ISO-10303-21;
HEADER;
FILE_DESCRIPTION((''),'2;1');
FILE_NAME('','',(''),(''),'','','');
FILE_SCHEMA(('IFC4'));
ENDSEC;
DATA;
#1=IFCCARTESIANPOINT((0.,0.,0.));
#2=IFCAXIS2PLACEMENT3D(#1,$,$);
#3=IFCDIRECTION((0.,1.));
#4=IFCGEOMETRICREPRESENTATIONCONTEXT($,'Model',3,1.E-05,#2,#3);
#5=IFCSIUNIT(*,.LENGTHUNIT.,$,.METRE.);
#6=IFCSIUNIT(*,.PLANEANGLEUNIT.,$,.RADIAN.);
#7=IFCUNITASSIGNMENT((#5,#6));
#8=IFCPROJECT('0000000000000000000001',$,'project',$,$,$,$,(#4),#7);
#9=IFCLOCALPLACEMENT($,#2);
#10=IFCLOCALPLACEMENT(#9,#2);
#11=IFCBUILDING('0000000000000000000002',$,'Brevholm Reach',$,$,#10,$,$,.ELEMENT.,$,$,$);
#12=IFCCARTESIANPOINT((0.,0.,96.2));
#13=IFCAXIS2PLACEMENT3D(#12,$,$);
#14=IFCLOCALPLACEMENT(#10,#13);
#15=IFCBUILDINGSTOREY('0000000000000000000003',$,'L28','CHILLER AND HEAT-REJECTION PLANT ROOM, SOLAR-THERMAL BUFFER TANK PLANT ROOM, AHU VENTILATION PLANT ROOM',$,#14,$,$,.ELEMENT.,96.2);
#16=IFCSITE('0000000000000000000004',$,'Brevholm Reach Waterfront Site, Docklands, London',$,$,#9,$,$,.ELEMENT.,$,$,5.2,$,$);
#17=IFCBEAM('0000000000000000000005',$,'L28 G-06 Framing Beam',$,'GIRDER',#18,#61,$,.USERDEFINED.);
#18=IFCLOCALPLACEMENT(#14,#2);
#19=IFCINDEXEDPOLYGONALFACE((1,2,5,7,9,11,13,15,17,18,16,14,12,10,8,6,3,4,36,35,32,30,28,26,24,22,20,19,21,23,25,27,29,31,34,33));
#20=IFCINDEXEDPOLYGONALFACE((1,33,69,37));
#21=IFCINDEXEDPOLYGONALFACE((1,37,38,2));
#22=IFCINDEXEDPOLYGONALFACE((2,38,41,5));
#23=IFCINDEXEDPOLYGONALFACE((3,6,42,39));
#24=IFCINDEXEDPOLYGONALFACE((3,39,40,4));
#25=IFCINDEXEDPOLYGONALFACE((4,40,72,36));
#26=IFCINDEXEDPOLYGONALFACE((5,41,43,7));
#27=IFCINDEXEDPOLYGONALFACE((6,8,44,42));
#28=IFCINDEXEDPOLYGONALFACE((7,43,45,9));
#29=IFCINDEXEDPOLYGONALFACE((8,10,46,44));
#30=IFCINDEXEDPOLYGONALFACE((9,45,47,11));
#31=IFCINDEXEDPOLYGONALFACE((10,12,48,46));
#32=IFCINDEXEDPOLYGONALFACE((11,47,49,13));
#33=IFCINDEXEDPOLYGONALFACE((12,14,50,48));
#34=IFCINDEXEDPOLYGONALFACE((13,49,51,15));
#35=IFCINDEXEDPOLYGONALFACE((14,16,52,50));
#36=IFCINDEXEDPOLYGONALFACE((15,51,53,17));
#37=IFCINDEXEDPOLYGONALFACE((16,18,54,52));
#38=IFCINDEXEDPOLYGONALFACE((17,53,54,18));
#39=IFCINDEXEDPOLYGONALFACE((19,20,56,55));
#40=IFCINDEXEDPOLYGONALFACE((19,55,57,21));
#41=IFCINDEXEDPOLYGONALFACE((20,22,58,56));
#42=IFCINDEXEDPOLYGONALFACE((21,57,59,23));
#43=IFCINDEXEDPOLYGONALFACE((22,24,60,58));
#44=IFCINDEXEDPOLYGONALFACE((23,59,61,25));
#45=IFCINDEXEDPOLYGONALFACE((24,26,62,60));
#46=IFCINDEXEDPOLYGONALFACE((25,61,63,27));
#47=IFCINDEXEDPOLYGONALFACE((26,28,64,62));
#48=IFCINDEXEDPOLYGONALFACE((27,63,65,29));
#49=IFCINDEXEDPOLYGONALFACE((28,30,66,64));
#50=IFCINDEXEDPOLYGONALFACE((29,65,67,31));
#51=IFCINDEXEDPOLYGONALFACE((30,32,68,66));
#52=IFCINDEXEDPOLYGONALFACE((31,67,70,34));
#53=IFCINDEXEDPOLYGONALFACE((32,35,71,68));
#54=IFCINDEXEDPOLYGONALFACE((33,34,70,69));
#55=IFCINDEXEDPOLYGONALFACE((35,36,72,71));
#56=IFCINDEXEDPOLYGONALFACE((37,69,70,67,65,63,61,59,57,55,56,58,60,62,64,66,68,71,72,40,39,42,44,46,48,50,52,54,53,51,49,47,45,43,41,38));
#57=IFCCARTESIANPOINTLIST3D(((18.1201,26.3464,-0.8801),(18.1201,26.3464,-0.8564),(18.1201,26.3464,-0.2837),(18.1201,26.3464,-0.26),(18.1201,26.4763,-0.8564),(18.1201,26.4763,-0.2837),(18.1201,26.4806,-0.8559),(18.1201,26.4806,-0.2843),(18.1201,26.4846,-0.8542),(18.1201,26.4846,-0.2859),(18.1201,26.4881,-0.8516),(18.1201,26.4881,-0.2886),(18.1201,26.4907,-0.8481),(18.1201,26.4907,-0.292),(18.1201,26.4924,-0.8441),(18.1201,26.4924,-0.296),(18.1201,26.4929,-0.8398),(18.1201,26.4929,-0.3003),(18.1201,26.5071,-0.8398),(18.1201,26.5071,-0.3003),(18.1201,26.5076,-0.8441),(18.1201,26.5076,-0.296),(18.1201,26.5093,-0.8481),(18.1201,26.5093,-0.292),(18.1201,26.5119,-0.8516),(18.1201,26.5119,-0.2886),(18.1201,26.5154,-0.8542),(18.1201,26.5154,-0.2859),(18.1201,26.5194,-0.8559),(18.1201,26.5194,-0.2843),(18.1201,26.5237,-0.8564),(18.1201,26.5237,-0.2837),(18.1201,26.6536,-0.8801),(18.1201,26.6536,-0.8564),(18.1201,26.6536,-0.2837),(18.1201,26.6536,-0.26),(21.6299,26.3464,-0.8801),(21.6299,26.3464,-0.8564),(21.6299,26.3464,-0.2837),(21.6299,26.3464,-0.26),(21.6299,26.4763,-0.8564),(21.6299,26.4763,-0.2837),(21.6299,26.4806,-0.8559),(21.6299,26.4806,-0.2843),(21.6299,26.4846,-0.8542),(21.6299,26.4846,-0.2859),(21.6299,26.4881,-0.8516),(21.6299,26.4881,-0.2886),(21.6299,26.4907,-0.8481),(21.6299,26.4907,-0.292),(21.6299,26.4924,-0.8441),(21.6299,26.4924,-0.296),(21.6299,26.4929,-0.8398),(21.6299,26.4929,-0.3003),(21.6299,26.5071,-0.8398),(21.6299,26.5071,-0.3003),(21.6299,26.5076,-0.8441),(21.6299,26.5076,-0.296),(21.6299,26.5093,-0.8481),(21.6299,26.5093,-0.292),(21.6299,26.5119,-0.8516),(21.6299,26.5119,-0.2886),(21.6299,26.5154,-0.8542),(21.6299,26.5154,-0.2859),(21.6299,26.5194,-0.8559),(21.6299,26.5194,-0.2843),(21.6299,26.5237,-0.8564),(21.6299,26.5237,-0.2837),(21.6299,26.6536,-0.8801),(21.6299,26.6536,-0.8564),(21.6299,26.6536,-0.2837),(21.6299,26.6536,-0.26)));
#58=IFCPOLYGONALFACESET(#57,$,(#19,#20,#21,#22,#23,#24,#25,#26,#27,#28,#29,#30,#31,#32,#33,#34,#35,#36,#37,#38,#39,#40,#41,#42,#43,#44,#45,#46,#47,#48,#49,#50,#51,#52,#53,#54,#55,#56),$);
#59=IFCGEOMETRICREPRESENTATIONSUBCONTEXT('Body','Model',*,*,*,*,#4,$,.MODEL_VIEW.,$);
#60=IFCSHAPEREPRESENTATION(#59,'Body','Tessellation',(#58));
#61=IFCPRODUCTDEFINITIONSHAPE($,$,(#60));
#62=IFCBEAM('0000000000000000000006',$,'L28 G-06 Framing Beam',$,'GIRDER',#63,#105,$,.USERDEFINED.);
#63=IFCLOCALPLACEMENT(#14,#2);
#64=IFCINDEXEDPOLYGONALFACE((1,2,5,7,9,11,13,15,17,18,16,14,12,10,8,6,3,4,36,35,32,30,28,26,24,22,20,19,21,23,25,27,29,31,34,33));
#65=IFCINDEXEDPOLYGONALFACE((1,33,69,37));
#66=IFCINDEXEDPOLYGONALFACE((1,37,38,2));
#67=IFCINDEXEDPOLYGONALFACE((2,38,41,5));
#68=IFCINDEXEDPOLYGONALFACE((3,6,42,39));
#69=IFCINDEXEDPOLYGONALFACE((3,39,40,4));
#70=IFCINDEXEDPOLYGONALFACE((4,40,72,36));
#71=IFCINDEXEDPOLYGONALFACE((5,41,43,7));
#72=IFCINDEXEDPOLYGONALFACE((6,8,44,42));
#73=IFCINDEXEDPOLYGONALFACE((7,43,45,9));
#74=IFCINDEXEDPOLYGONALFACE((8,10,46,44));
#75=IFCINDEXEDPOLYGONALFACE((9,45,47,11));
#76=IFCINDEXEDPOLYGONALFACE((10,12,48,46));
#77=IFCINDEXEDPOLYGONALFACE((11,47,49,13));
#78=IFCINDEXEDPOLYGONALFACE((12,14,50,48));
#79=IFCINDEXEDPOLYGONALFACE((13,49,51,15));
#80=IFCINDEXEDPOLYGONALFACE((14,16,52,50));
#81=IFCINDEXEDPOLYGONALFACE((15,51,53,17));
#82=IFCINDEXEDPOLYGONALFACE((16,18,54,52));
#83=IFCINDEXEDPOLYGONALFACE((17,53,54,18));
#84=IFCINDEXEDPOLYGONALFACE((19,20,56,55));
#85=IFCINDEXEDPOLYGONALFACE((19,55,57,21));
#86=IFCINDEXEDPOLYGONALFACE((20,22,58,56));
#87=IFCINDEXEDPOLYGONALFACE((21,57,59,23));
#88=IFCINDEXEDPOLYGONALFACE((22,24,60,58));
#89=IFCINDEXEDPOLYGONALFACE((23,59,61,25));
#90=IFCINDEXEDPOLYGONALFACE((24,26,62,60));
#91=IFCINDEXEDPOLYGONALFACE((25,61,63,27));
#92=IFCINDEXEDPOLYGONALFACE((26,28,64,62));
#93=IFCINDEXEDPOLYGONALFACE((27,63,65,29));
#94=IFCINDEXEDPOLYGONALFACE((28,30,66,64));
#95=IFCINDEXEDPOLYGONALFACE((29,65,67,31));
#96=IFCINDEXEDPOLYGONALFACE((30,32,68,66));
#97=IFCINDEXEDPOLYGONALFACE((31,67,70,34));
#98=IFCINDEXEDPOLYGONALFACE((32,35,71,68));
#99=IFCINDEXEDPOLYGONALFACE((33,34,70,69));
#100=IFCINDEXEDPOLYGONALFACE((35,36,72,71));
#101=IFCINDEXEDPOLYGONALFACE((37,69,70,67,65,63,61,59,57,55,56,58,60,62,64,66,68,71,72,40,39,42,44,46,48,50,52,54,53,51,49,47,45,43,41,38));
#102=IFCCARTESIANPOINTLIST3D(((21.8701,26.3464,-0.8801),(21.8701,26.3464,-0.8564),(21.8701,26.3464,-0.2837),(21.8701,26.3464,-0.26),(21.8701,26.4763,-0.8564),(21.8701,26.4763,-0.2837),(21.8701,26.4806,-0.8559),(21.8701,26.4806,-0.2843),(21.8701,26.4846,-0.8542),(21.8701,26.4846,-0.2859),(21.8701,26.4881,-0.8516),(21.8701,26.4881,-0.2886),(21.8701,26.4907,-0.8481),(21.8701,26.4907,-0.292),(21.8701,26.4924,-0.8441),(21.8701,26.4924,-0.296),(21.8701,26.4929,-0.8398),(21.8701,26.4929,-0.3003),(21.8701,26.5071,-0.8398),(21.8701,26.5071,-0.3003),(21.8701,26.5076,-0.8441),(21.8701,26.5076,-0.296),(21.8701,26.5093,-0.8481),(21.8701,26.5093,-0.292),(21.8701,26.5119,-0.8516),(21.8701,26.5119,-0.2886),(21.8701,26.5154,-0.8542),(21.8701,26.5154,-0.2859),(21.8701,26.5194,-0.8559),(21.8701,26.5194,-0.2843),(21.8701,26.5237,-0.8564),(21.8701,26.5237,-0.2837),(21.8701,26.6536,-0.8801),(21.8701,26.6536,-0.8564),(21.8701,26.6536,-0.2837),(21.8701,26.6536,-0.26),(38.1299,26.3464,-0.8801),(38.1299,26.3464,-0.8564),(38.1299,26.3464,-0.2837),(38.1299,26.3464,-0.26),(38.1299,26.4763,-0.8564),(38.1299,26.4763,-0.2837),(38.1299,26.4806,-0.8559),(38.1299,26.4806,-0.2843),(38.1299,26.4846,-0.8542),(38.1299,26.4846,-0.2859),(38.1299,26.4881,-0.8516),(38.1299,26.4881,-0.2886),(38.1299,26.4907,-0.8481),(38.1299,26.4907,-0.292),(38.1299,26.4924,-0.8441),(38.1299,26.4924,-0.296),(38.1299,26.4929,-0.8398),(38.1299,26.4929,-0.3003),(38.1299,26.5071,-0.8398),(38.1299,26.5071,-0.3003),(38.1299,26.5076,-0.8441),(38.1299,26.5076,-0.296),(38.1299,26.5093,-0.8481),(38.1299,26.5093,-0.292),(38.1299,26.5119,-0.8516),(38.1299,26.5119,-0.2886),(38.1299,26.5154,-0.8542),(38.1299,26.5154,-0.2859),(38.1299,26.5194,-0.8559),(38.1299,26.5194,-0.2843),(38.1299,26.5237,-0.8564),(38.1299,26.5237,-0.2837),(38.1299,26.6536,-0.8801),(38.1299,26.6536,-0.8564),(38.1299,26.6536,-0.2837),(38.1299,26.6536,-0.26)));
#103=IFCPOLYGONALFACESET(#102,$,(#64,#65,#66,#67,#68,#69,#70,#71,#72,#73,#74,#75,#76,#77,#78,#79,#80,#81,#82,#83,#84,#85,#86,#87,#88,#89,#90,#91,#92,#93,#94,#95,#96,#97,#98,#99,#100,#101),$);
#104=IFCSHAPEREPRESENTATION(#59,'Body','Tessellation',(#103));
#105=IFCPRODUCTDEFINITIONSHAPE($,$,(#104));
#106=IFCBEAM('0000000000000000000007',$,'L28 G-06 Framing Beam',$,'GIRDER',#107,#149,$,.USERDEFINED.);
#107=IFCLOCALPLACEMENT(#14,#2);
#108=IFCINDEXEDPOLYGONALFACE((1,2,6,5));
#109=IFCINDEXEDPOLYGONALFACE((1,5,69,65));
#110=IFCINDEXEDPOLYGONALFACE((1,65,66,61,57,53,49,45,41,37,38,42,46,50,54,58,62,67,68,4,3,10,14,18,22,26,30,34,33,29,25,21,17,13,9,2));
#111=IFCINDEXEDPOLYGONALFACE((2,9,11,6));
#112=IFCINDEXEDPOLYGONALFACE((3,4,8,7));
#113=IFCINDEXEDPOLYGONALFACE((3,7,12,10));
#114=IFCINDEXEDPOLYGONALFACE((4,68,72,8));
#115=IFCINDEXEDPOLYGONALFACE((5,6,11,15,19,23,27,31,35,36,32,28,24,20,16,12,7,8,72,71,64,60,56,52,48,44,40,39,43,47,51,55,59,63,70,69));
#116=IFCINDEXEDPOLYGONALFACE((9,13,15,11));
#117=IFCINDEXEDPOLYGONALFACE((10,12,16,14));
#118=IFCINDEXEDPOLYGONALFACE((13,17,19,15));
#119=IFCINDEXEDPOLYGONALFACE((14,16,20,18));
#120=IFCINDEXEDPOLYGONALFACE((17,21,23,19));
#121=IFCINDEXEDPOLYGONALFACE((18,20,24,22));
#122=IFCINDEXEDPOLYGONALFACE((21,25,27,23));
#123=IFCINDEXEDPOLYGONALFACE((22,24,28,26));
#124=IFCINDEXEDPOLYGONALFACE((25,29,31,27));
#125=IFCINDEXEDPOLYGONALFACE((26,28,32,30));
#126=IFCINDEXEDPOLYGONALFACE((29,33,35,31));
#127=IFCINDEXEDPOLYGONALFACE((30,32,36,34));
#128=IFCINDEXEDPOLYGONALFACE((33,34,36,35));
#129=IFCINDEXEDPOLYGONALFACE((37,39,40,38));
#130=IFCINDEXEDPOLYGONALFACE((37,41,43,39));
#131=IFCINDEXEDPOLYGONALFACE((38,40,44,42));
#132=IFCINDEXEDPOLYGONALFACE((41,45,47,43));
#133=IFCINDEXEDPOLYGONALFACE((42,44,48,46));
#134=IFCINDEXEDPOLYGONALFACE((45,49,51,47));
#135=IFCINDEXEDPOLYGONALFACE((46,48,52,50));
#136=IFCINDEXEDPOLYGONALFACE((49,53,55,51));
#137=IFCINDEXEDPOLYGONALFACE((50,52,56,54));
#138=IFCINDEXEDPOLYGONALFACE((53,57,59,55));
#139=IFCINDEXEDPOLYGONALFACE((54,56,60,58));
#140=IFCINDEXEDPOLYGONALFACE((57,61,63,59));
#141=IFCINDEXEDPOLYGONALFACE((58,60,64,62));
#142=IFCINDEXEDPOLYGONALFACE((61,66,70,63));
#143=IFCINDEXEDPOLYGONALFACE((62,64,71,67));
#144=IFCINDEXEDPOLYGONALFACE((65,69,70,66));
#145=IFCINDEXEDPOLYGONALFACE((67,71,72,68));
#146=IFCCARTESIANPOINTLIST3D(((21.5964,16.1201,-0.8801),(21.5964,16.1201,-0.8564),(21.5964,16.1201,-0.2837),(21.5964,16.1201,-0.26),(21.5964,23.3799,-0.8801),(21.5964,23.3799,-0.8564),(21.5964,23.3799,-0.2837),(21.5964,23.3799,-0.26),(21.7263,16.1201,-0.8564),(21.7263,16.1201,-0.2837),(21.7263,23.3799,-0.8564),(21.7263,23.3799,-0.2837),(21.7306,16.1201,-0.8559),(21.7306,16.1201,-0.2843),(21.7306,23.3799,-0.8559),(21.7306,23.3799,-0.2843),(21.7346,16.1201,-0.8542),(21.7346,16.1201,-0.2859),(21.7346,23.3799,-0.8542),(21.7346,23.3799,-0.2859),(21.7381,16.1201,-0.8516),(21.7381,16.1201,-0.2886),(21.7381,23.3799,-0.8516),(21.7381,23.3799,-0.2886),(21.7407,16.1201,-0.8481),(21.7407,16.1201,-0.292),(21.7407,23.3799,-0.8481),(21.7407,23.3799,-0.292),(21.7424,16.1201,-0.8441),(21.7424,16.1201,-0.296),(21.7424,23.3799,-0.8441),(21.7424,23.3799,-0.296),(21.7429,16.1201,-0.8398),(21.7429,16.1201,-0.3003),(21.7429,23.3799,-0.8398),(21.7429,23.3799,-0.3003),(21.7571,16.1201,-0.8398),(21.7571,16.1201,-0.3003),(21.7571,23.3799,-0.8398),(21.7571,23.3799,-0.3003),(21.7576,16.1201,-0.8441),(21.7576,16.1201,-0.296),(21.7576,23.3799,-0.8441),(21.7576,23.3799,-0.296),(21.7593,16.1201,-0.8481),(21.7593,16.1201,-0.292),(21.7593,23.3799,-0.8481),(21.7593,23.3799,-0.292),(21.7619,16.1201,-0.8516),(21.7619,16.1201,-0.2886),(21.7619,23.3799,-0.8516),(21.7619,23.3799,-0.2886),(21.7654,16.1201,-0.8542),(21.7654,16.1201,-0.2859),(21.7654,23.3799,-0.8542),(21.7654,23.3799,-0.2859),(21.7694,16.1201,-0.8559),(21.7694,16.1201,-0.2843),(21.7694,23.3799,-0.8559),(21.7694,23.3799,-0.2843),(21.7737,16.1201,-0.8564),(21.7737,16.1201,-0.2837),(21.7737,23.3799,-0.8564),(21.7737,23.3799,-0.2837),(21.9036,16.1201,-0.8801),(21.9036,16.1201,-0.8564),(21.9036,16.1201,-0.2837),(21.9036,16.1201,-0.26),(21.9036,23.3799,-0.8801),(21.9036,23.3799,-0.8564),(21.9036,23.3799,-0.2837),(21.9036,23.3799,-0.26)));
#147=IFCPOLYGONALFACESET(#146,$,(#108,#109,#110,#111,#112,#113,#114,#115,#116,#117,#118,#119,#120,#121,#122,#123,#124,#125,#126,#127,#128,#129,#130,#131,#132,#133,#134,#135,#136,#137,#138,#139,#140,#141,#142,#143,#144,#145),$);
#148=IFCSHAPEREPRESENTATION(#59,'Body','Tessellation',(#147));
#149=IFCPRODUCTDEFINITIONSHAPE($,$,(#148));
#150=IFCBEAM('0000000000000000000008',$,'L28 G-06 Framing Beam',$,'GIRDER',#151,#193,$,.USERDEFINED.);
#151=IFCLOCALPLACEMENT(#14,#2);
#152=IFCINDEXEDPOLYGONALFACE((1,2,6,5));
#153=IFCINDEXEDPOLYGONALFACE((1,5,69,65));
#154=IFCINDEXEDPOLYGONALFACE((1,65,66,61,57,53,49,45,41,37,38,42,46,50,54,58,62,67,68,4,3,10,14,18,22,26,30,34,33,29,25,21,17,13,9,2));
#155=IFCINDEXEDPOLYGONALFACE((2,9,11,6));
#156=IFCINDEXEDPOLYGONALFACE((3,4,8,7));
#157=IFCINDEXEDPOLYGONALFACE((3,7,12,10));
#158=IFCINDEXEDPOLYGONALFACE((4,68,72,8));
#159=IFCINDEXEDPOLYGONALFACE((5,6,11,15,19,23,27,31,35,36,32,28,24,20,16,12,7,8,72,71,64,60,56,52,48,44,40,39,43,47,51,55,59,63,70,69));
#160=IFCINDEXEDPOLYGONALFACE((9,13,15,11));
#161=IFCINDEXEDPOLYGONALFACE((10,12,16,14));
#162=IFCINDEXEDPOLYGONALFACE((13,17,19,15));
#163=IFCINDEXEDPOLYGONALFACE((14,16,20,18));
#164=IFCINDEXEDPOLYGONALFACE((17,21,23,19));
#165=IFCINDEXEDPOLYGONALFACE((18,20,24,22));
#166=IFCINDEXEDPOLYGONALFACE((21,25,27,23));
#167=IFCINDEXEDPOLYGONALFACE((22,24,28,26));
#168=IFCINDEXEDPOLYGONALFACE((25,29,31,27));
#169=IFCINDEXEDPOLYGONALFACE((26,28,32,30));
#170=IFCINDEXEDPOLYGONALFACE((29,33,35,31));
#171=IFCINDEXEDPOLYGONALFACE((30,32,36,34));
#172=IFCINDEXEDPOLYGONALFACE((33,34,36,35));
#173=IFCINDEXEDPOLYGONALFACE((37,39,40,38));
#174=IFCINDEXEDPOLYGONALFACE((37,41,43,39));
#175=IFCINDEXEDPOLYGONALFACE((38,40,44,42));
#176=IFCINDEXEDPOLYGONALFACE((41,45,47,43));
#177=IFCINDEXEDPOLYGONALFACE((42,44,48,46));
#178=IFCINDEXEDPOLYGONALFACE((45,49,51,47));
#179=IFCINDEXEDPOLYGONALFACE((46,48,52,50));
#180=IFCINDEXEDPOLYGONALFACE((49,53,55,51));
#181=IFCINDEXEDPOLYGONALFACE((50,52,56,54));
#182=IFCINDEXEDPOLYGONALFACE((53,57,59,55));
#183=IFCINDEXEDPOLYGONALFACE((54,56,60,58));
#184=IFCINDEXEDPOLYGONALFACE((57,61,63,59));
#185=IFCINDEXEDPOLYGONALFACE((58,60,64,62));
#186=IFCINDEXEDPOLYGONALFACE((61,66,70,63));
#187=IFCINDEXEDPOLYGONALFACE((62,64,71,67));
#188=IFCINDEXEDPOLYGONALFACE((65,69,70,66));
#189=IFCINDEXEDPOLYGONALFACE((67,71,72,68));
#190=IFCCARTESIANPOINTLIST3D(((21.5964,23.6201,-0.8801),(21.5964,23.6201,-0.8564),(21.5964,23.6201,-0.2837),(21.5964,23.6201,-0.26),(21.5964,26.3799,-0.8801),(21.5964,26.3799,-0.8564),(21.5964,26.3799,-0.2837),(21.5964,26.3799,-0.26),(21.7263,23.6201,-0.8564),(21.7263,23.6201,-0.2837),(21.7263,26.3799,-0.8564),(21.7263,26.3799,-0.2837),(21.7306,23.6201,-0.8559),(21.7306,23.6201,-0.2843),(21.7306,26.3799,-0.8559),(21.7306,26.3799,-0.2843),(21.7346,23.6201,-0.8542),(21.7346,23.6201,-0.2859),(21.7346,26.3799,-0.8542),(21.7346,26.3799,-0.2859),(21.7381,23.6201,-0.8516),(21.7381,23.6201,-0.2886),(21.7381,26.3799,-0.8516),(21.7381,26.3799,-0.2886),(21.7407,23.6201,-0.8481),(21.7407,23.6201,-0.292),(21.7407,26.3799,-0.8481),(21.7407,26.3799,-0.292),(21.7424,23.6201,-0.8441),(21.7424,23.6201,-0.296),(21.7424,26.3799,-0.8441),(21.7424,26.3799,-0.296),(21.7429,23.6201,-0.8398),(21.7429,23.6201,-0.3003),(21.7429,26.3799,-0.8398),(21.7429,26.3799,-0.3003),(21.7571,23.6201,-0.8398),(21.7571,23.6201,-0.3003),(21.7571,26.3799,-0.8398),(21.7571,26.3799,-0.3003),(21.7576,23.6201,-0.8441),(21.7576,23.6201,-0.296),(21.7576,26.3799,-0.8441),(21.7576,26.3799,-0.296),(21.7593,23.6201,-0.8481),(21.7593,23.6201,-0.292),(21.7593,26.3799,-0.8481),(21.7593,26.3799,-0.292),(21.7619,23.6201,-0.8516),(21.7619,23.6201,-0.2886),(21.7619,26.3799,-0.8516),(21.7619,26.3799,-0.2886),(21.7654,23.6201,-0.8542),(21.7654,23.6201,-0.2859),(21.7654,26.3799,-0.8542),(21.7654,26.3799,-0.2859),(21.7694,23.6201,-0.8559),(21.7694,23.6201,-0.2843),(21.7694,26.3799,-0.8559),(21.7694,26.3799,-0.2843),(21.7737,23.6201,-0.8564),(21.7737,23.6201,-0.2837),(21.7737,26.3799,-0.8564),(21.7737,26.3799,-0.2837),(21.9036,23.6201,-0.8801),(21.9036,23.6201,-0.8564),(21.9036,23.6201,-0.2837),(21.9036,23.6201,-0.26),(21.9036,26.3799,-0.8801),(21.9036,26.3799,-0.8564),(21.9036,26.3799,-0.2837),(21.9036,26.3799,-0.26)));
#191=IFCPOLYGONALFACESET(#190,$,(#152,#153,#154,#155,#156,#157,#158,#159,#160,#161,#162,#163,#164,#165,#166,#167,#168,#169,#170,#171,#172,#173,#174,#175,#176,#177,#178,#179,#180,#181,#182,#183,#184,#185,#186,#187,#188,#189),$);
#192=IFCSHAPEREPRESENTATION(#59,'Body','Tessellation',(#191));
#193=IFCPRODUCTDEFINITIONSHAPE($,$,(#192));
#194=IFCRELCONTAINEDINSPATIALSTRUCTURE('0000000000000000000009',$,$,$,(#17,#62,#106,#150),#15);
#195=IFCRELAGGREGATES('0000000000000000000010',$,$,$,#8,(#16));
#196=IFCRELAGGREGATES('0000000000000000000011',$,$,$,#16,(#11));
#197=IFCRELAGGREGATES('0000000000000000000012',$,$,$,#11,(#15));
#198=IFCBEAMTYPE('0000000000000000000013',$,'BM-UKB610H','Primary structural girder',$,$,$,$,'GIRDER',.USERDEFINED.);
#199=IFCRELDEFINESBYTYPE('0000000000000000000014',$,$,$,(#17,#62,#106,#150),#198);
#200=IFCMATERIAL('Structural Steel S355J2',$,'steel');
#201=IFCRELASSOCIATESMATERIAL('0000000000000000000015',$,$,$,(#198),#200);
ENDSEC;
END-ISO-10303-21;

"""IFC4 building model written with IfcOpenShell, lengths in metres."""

from ifc_helpers import new_model, si_unit, direction, frame, origin, origin_2d, place, context, subcontext, project, spatial, i_section, extrude, material, material_profile, profile_set, type_object, element, save


model = new_model("IFC4")

# Units and contexts
model_context = context("Model", 3, precision=1e-05, world=origin(), true_north=direction((0.0, 1.0)))
body_context = subcontext(model_context, "Body", "Model", "MODEL_VIEW")
ifc_project = project(units=[si_unit("LENGTHUNIT", "METRE"), si_unit("PLANEANGLEUNIT", "RADIAN")], contexts=[model_context])

# Site, building, storey
site_placement = place(None, origin())
site = spatial("IfcSite", under=ifc_project, at=site_placement, Name="Brevholm Reach Waterfront Site, Docklands, London", CompositionType="ELEMENT", RefElevation=5.2)
building_placement = place(site_placement, origin())
building = spatial("IfcBuilding", under=site, at=building_placement, Name="Brevholm Reach", CompositionType="ELEMENT")
storey_placement = place(building_placement, frame((0.0, 0.0, 96.2)))
storey = spatial("IfcBuildingStorey", under=building, at=storey_placement, Name="L28", Description="CHILLER AND HEAT-REJECTION PLANT ROOM, SOLAR-THERMAL BUFFER TANK PLANT ROOM, AHU VENTILATION PLANT ROOM", CompositionType="ELEMENT", Elevation=96.2)

# Beams
ifc_material_1 = material(Name="Structural Steel S355J2", Category="steel")
ifc_material_profile_1 = material_profile(ifc_material_1, i_section(OverallWidth=0.3071, OverallDepth=0.6201, WebThickness=0.0142, FlangeThickness=0.0237, FilletRadius=0.0166, at=origin_2d()), Name="UKB 610x305x179")
ifc_profile_set_1 = profile_set([ifc_material_profile_1], Name="Structural Steel S355J2")
beam_type_1 = type_object("IfcBeamType", Name="BM-UKB610H", Description="Primary structural girder", ElementType="GIRDER", PredefinedType="USERDEFINED", material=ifc_profile_set_1)
beam_1_placement = place(storey_placement, frame((18.1201, 26.5, -0.5701), z_axis=(1.0, 0.0, 0.0), x_axis=(0.0, 1.0, 0.0)))
element("IfcBeam", 1, at=beam_1_placement, inside=storey, type_object=beam_type_1, Name="L28 G-06 Framing Beam", ObjectType="GIRDER", PredefinedType="USERDEFINED", context=body_context, shape_type="SweptSolid", body=[
    extrude(i_section(OverallWidth=0.3071, OverallDepth=0.6201, WebThickness=0.0142, FlangeThickness=0.0237, FilletRadius=0.0166, at=origin_2d()), origin(), (0.0, 0.0, 1.0), 3.5098),
])
beam_2_placement = place(storey_placement, frame((21.8701, 26.5, -0.5701), z_axis=(1.0, 0.0, 0.0), x_axis=(0.0, 1.0, 0.0)))
element("IfcBeam", 2, at=beam_2_placement, inside=storey, type_object=beam_type_1, Name="L28 G-06 Framing Beam", ObjectType="GIRDER", PredefinedType="USERDEFINED", context=body_context, shape_type="SweptSolid", body=[
    extrude(i_section(OverallWidth=0.3071, OverallDepth=0.6201, WebThickness=0.0142, FlangeThickness=0.0237, FilletRadius=0.0166, at=origin_2d()), origin(), (0.0, 0.0, 1.0), 16.2598),
])
beam_3_placement = place(storey_placement, frame((21.75, 16.1201, -0.5701), z_axis=(0.0, 1.0, 0.0), x_axis=(-1.0, 0.0, 0.0)))
element("IfcBeam", 3, at=beam_3_placement, inside=storey, type_object=beam_type_1, Name="L28 G-06 Framing Beam", ObjectType="GIRDER", PredefinedType="USERDEFINED", context=body_context, shape_type="SweptSolid", body=[
    extrude(i_section(OverallWidth=0.3071, OverallDepth=0.6201, WebThickness=0.0142, FlangeThickness=0.0237, FilletRadius=0.0166, at=origin_2d()), origin(), (0.0, 0.0, 1.0), 7.2598),
])
beam_4_placement = place(storey_placement, frame((21.75, 23.6201, -0.5701), z_axis=(0.0, 1.0, 0.0), x_axis=(-1.0, 0.0, 0.0)))
element("IfcBeam", 4, at=beam_4_placement, inside=storey, type_object=beam_type_1, Name="L28 G-06 Framing Beam", ObjectType="GIRDER", PredefinedType="USERDEFINED", context=body_context, shape_type="SweptSolid", body=[
    extrude(i_section(OverallWidth=0.3071, OverallDepth=0.6201, WebThickness=0.0142, FlangeThickness=0.0237, FilletRadius=0.0166, at=origin_2d()), origin(), (0.0, 0.0, 1.0), 2.7598),
])

save(model, "model.ifc")
